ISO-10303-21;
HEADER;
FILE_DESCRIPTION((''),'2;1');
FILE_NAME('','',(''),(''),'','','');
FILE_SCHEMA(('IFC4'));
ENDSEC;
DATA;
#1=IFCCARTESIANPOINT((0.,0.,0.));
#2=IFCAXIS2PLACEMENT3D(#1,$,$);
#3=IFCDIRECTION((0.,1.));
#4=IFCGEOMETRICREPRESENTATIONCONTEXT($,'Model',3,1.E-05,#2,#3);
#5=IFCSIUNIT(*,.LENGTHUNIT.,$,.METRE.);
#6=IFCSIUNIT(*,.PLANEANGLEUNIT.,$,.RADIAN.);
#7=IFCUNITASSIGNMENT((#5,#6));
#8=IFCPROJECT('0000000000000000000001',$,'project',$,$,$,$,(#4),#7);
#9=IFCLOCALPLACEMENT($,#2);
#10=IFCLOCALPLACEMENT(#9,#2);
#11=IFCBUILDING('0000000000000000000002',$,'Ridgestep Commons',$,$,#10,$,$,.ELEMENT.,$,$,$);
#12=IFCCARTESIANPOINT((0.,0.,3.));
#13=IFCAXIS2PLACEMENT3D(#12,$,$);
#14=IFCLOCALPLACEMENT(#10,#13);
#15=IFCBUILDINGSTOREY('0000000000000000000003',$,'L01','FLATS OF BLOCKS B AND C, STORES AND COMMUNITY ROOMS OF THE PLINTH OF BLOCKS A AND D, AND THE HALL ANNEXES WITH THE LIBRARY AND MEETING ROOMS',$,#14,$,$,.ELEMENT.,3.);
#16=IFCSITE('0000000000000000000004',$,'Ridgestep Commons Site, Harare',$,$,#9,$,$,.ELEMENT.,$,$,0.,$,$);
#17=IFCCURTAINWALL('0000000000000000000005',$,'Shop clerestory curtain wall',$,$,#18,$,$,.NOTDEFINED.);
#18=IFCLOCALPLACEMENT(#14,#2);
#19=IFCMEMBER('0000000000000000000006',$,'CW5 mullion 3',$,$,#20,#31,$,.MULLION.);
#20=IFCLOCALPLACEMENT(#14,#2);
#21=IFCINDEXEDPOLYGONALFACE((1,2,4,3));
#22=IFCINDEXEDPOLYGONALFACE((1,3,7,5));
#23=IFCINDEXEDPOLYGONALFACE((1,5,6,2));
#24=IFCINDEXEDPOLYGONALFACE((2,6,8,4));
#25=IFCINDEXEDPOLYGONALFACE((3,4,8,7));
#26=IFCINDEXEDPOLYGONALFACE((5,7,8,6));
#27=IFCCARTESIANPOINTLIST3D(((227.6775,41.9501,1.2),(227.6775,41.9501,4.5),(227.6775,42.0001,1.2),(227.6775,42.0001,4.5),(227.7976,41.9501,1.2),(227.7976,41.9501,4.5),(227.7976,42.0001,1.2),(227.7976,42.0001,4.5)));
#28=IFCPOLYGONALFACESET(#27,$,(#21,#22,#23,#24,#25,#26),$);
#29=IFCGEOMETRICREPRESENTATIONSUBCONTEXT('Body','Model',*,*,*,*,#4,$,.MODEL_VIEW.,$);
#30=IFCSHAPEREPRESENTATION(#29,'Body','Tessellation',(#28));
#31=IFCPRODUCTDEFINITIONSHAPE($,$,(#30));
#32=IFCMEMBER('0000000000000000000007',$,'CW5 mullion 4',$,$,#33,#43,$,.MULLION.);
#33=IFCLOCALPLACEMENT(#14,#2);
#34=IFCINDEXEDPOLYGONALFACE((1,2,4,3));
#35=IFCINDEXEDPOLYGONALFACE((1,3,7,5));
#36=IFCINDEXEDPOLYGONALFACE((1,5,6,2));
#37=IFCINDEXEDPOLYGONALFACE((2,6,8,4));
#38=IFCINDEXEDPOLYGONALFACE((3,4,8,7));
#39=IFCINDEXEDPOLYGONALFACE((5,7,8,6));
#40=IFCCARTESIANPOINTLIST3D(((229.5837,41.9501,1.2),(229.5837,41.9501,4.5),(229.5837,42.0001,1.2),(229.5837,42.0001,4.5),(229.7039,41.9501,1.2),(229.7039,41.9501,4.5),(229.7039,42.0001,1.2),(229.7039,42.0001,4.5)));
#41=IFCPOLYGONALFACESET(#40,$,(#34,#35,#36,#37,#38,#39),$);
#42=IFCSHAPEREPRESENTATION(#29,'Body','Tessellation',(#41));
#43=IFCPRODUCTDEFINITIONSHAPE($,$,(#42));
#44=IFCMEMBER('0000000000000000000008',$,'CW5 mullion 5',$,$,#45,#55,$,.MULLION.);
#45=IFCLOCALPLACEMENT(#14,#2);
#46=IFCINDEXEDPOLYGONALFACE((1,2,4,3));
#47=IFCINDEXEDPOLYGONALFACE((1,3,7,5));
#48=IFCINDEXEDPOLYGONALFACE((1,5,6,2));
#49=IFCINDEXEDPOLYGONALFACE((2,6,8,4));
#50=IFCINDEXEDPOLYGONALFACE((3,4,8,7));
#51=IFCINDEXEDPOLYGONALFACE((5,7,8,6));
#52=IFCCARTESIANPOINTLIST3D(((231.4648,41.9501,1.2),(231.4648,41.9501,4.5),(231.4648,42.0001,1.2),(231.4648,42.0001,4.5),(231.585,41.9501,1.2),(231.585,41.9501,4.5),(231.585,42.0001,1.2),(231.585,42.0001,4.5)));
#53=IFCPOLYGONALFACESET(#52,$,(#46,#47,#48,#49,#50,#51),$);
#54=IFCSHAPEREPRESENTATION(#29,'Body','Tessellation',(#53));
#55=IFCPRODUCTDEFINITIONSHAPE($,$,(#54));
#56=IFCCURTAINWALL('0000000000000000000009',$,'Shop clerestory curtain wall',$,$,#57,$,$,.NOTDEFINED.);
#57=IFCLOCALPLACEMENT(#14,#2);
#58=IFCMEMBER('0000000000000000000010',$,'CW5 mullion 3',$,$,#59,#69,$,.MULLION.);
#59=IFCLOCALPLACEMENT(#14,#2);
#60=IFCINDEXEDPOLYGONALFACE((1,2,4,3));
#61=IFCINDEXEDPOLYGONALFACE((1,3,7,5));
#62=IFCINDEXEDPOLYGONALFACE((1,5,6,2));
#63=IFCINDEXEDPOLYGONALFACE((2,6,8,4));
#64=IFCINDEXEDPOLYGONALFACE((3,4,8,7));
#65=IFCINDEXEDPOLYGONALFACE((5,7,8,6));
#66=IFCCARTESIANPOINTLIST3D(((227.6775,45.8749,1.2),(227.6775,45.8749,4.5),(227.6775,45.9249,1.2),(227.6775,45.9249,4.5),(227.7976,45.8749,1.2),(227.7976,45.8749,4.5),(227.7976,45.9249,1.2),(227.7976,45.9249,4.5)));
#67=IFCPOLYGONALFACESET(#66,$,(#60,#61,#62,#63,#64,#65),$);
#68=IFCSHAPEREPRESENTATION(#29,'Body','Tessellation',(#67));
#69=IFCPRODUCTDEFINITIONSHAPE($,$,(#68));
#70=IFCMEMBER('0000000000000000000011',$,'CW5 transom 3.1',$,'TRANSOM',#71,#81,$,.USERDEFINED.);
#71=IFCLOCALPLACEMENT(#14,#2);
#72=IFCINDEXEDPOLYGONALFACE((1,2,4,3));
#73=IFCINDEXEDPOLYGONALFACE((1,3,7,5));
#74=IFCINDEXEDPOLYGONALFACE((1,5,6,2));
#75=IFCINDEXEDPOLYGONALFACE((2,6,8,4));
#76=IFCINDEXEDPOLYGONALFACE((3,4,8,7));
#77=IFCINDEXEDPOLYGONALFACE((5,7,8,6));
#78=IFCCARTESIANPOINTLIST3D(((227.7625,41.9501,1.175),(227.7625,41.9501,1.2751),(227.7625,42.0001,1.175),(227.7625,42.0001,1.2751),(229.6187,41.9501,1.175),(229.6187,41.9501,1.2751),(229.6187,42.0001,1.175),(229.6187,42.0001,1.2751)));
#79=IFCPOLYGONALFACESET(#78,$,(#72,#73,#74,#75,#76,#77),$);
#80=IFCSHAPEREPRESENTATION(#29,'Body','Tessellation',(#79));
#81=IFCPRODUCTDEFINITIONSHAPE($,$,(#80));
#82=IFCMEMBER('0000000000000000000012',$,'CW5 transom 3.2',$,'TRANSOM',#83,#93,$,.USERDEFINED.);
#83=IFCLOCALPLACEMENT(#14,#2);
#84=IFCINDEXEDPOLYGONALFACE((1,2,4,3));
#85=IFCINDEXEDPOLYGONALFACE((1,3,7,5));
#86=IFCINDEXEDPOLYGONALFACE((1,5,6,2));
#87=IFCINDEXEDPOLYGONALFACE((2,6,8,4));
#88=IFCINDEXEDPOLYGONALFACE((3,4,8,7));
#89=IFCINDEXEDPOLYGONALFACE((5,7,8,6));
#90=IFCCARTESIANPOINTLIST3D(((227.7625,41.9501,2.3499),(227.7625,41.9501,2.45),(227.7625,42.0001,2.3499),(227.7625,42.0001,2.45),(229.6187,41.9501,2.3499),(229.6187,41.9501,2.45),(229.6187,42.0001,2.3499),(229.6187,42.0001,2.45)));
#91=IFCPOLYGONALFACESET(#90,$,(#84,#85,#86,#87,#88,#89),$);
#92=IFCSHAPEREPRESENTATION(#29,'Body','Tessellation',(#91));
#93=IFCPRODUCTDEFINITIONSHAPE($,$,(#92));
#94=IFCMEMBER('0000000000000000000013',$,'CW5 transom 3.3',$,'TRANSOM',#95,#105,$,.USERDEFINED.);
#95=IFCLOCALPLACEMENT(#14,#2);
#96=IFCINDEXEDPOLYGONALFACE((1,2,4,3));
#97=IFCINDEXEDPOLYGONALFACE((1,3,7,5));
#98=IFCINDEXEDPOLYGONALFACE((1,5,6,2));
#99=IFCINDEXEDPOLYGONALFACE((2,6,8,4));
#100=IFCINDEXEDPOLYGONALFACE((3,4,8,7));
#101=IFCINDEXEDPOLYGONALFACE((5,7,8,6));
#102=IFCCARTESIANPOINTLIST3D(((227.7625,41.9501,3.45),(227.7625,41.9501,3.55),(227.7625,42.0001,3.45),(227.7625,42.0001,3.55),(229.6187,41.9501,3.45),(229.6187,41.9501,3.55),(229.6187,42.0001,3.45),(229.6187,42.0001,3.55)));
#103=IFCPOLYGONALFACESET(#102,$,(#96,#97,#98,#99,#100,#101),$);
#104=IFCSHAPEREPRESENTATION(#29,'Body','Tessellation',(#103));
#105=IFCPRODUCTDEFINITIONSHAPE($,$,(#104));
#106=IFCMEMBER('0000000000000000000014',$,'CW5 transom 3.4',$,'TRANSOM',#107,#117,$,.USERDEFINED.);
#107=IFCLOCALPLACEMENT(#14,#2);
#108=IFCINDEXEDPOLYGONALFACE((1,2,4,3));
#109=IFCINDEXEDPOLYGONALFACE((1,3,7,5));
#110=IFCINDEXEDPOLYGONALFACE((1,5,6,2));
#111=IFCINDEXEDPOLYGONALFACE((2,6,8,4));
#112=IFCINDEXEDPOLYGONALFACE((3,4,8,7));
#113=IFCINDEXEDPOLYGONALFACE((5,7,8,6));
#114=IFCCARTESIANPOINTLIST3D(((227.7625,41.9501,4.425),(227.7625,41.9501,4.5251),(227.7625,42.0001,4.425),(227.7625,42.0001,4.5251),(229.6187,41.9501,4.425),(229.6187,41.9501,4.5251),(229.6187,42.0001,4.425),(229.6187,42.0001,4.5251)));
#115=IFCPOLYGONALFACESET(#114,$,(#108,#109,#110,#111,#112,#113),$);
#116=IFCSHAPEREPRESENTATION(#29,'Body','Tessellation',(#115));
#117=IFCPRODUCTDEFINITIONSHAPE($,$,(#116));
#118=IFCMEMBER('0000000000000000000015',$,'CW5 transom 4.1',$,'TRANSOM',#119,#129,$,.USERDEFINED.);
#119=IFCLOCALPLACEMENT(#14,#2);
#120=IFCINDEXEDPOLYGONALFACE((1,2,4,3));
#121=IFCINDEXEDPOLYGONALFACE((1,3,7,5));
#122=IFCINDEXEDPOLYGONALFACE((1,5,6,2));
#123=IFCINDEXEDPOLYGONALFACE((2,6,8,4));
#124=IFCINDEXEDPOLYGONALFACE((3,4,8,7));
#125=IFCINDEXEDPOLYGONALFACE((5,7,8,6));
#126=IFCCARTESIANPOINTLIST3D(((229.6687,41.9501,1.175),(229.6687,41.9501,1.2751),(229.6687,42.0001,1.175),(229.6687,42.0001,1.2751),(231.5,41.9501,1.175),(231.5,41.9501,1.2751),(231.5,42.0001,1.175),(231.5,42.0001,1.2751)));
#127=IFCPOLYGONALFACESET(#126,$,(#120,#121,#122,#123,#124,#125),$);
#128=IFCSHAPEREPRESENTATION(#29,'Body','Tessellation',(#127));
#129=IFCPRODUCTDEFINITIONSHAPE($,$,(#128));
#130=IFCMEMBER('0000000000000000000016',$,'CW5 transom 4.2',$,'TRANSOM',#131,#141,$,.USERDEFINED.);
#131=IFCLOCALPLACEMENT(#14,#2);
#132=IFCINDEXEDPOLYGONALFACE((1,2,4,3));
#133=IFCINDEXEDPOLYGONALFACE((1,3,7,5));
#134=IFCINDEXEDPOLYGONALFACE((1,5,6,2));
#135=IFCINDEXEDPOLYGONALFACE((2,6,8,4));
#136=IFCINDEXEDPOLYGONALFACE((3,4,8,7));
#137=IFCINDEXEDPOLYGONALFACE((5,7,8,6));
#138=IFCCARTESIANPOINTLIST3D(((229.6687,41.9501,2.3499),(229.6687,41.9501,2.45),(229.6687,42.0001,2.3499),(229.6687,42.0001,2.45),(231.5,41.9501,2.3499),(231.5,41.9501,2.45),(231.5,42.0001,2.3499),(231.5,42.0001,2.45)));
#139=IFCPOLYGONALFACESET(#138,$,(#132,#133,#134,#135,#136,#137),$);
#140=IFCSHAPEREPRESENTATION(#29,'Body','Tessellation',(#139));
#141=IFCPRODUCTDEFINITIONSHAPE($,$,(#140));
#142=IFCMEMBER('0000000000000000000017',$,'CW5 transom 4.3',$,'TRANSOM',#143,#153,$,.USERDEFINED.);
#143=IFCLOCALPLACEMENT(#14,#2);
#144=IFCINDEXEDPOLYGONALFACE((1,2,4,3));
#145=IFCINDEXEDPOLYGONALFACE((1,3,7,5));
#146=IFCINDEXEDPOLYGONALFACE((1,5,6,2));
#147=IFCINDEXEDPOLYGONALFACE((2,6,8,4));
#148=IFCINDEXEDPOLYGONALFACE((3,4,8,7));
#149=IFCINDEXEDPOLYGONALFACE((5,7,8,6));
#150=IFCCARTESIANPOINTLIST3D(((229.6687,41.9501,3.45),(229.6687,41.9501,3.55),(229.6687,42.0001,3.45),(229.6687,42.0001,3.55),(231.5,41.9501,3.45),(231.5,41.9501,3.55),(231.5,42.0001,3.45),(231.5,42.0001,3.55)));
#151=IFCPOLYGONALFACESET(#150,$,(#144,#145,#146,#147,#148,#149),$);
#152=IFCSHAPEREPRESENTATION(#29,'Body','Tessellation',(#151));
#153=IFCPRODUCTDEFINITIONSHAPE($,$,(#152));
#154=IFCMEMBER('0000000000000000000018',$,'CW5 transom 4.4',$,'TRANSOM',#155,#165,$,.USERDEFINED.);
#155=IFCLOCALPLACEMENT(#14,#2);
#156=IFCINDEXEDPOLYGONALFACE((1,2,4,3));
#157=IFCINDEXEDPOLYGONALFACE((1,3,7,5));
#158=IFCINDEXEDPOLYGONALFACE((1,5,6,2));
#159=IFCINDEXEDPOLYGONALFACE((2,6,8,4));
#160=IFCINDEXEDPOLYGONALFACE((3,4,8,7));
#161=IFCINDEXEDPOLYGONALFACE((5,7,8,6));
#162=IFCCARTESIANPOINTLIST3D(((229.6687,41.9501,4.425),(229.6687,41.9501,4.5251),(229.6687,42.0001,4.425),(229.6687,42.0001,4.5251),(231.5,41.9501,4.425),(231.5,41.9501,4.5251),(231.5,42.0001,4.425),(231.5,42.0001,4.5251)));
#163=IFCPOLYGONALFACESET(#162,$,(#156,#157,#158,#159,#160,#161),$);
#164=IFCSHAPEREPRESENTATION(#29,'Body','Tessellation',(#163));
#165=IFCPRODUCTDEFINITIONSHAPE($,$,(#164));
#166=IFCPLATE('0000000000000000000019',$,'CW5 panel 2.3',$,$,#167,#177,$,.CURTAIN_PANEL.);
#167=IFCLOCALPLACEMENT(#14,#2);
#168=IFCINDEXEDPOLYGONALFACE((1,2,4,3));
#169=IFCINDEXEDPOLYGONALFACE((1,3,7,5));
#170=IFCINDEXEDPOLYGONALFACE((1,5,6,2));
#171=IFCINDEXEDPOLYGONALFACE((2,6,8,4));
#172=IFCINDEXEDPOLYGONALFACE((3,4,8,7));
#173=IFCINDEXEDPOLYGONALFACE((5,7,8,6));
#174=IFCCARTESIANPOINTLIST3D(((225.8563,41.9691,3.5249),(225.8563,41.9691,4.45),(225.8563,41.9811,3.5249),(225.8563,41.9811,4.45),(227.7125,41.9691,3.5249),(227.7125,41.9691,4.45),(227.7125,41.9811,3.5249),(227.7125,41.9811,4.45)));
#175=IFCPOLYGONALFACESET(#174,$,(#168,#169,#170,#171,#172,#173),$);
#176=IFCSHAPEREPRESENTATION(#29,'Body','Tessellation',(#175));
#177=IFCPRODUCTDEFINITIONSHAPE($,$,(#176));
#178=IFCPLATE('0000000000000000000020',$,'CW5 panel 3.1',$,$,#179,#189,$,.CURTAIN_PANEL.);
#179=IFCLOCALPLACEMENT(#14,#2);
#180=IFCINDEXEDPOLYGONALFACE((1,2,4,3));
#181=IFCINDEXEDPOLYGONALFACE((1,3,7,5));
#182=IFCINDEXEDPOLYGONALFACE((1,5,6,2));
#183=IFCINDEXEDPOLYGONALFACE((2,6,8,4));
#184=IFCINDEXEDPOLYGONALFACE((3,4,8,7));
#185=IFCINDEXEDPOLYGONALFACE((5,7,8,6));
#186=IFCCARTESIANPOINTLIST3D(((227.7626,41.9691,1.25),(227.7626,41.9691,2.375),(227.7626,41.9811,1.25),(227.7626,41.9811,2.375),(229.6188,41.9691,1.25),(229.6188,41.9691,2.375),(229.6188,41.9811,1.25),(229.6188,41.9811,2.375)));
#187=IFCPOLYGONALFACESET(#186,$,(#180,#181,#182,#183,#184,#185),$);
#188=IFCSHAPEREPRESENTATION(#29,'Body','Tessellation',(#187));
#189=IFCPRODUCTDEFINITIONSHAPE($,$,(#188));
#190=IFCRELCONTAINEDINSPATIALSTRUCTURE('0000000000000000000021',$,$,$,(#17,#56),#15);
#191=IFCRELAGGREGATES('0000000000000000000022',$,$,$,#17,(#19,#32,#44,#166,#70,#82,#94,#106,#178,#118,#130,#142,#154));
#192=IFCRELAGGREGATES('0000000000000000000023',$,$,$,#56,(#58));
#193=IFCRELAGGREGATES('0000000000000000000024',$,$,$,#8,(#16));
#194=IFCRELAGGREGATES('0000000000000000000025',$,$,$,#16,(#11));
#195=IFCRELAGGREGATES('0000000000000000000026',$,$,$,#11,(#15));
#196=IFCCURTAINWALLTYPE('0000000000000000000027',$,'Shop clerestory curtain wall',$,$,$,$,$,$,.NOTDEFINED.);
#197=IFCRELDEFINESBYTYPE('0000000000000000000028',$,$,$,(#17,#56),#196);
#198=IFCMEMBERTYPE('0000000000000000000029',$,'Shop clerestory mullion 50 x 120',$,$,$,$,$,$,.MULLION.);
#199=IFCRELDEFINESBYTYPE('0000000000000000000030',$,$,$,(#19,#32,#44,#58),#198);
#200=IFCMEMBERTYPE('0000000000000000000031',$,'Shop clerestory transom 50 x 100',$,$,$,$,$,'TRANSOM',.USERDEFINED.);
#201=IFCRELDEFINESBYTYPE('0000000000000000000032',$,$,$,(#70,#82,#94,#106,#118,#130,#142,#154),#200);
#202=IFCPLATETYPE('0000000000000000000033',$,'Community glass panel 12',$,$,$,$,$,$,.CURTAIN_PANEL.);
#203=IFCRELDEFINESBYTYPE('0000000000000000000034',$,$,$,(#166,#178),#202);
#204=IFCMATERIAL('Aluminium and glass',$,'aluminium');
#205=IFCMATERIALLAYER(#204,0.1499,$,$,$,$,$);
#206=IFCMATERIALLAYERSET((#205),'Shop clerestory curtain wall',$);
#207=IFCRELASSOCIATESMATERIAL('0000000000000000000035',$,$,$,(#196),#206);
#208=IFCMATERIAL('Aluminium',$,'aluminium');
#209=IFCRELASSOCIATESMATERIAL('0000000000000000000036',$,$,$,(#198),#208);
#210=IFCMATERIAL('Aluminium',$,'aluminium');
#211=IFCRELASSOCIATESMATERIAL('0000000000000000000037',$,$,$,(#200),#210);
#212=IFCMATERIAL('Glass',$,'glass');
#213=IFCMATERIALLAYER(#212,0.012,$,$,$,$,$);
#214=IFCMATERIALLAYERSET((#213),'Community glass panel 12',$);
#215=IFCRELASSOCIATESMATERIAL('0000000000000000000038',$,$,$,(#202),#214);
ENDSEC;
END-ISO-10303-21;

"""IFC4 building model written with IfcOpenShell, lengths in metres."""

from ifc_helpers import new_model, si_unit, direction, frame, origin, origin_2d, place, context, subcontext, project, spatial, rectangle, extrude, material, layer, layer_set, material_profile, profile_set, type_object, element, aggregate, save


model = new_model("IFC4")

# Units and contexts
model_context = context("Model", 3, precision=1e-05, world=origin(), true_north=direction((0.0, 1.0)))
body_context = subcontext(model_context, "Body", "Model", "MODEL_VIEW")
ifc_project = project(units=[si_unit("LENGTHUNIT", "METRE"), si_unit("PLANEANGLEUNIT", "RADIAN")], contexts=[model_context])

# Site, building, storey
site_placement = place(None, origin())
site = spatial("IfcSite", under=ifc_project, at=site_placement, Name="Ridgestep Commons Site, Harare", CompositionType="ELEMENT", RefElevation=0.0)
building_placement = place(site_placement, origin())
building = spatial("IfcBuilding", under=site, at=building_placement, Name="Ridgestep Commons", CompositionType="ELEMENT")
storey_placement = place(building_placement, frame((0.0, 0.0, 3.0)))
storey = spatial("IfcBuildingStorey", under=building, at=storey_placement, Name="L01", Description="FLATS OF BLOCKS B AND C, STORES AND COMMUNITY ROOMS OF THE PLINTH OF BLOCKS A AND D, AND THE HALL ANNEXES WITH THE LIBRARY AND MEETING ROOMS", CompositionType="ELEMENT", Elevation=3.0)

# Curtain wall, members
ifc_material_1 = material(Name="Aluminium and glass", Category="aluminium")
ifc_layer_1 = layer(ifc_material_1, 0.1499)
ifc_layer_set_1 = layer_set([ifc_layer_1], Name="Shop clerestory curtain wall")
curtain_wall_type = type_object("IfcCurtainWallType", Name="Shop clerestory curtain wall", PredefinedType="NOTDEFINED", material=ifc_layer_set_1)
curtain_wall_1_placement = place(storey_placement, origin())
curtain_wall_1 = element("IfcCurtainWall", 1, at=curtain_wall_1_placement, inside=storey, type_object=curtain_wall_type, Name="Shop clerestory curtain wall", PredefinedType="NOTDEFINED")
ifc_material_2 = material(Name="Aluminium", Category="aluminium")
ifc_material_profile_1 = material_profile(ifc_material_2, rectangle(XDim=0.05, YDim=0.1201, at=origin_2d()), Name="Shop clerestory mullion 50 x 120")
ifc_profile_set_1 = profile_set([ifc_material_profile_1], Name="Aluminium")
member_type_1 = type_object("IfcMemberType", Name="Shop clerestory mullion 50 x 120", PredefinedType="MULLION", material=ifc_profile_set_1)
member_1_placement = place(storey_placement, frame((227.7375, 41.9751, 1.2), z_axis=(0.0, 0.0, 1.0), x_axis=(0.0, 1.0, 0.0)))
member_1 = element("IfcMember", 2, at=member_1_placement, type_object=member_type_1, Name="CW5 mullion 3", PredefinedType="MULLION", context=body_context, shape_type="SweptSolid", body=[
    extrude(rectangle(XDim=0.05, YDim=0.1201, at=origin_2d()), origin(), (0.0, 0.0, 1.0), 3.3),
])
member_2_placement = place(storey_placement, frame((229.6438, 41.9751, 1.2), z_axis=(0.0, 0.0, 1.0), x_axis=(0.0, 1.0, 0.0)))
member_2 = element("IfcMember", 3, at=member_2_placement, type_object=member_type_1, Name="CW5 mullion 4", PredefinedType="MULLION", context=body_context, shape_type="SweptSolid", body=[
    extrude(rectangle(XDim=0.05, YDim=0.1201, at=origin_2d()), origin(), (0.0, 0.0, 1.0), 3.3),
])
member_3_placement = place(storey_placement, frame((231.5249, 41.9751, 1.2), z_axis=(0.0, 0.0, 1.0), x_axis=(0.0, 1.0, 0.0)))
member_3 = element("IfcMember", 4, at=member_3_placement, type_object=member_type_1, Name="CW5 mullion 5", PredefinedType="MULLION", context=body_context, shape_type="SweptSolid", body=[
    extrude(rectangle(XDim=0.05, YDim=0.1201, at=origin_2d()), origin(), (0.0, 0.0, 1.0), 3.3),
])

# Curtain wall, member
curtain_wall_2_placement = place(storey_placement, origin())
curtain_wall_2 = element("IfcCurtainWall", 5, at=curtain_wall_2_placement, inside=storey, type_object=curtain_wall_type, Name="Shop clerestory curtain wall", PredefinedType="NOTDEFINED")
member_4_placement = place(storey_placement, frame((227.7375, 45.8999, 1.2), z_axis=(0.0, 0.0, 1.0), x_axis=(0.0, 1.0, 0.0)))
member_4 = element("IfcMember", 6, at=member_4_placement, type_object=member_type_1, Name="CW5 mullion 3", PredefinedType="MULLION", context=body_context, shape_type="SweptSolid", body=[
    extrude(rectangle(XDim=0.05, YDim=0.1201, at=origin_2d()), origin(), (0.0, 0.0, 1.0), 3.3),
])

# Members
ifc_material_3 = material(Name="Aluminium", Category="aluminium")
ifc_material_profile_2 = material_profile(ifc_material_3, rectangle(XDim=0.05, YDim=0.1001, at=origin_2d()), Name="Shop clerestory transom 50 x 100")
ifc_profile_set_2 = profile_set([ifc_material_profile_2], Name="Aluminium")
member_type_2 = type_object("IfcMemberType", Name="Shop clerestory transom 50 x 100", ElementType="TRANSOM", PredefinedType="USERDEFINED", material=ifc_profile_set_2)
member_5_placement = place(storey_placement, frame((227.7625, 41.9751, 1.2251), z_axis=(1.0, 0.0, 0.0), x_axis=(0.0, 1.0, 0.0)))
member_5 = element("IfcMember", 7, at=member_5_placement, type_object=member_type_2, Name="CW5 transom 3.1", ObjectType="TRANSOM", PredefinedType="USERDEFINED", context=body_context, shape_type="SweptSolid", body=[
    extrude(rectangle(XDim=0.05, YDim=0.1001, at=origin_2d()), origin(), (0.0, 0.0, 1.0), 1.8562),
])
member_6_placement = place(storey_placement, frame((227.7625, 41.9751, 2.3999), z_axis=(1.0, 0.0, 0.0), x_axis=(0.0, 1.0, 0.0)))
member_6 = element("IfcMember", 8, at=member_6_placement, type_object=member_type_2, Name="CW5 transom 3.2", ObjectType="TRANSOM", PredefinedType="USERDEFINED", context=body_context, shape_type="SweptSolid", body=[
    extrude(rectangle(XDim=0.05, YDim=0.1001, at=origin_2d()), origin(), (0.0, 0.0, 1.0), 1.8562),
])
member_7_placement = place(storey_placement, frame((227.7625, 41.9751, 3.5), z_axis=(1.0, 0.0, 0.0), x_axis=(0.0, 1.0, 0.0)))
member_7 = element("IfcMember", 9, at=member_7_placement, type_object=member_type_2, Name="CW5 transom 3.3", ObjectType="TRANSOM", PredefinedType="USERDEFINED", context=body_context, shape_type="SweptSolid", body=[
    extrude(rectangle(XDim=0.05, YDim=0.1001, at=origin_2d()), origin(), (0.0, 0.0, 1.0), 1.8562),
])
member_8_placement = place(storey_placement, frame((227.7625, 41.9751, 4.4751), z_axis=(1.0, 0.0, 0.0), x_axis=(0.0, 1.0, 0.0)))
member_8 = element("IfcMember", 10, at=member_8_placement, type_object=member_type_2, Name="CW5 transom 3.4", ObjectType="TRANSOM", PredefinedType="USERDEFINED", context=body_context, shape_type="SweptSolid", body=[
    extrude(rectangle(XDim=0.05, YDim=0.1001, at=origin_2d()), origin(), (0.0, 0.0, 1.0), 1.8562),
])
member_9_placement = place(storey_placement, frame((229.6687, 41.9751, 1.2251), z_axis=(1.0, 0.0, 0.0), x_axis=(0.0, 1.0, 0.0)))
member_9 = element("IfcMember", 11, at=member_9_placement, type_object=member_type_2, Name="CW5 transom 4.1", ObjectType="TRANSOM", PredefinedType="USERDEFINED", context=body_context, shape_type="SweptSolid", body=[
    extrude(rectangle(XDim=0.05, YDim=0.1001, at=origin_2d()), origin(), (0.0, 0.0, 1.0), 1.8313),
])
member_10_placement = place(storey_placement, frame((229.6687, 41.9751, 2.3999), z_axis=(1.0, 0.0, 0.0), x_axis=(0.0, 1.0, 0.0)))
member_10 = element("IfcMember", 12, at=member_10_placement, type_object=member_type_2, Name="CW5 transom 4.2", ObjectType="TRANSOM", PredefinedType="USERDEFINED", context=body_context, shape_type="SweptSolid", body=[
    extrude(rectangle(XDim=0.05, YDim=0.1001, at=origin_2d()), origin(), (0.0, 0.0, 1.0), 1.8313),
])
member_11_placement = place(storey_placement, frame((229.6687, 41.9751, 3.5), z_axis=(1.0, 0.0, 0.0), x_axis=(0.0, 1.0, 0.0)))
member_11 = element("IfcMember", 13, at=member_11_placement, type_object=member_type_2, Name="CW5 transom 4.3", ObjectType="TRANSOM", PredefinedType="USERDEFINED", context=body_context, shape_type="SweptSolid", body=[
    extrude(rectangle(XDim=0.05, YDim=0.1001, at=origin_2d()), origin(), (0.0, 0.0, 1.0), 1.8313),
])
member_12_placement = place(storey_placement, frame((229.6687, 41.9751, 4.4751), z_axis=(1.0, 0.0, 0.0), x_axis=(0.0, 1.0, 0.0)))
member_12 = element("IfcMember", 14, at=member_12_placement, type_object=member_type_2, Name="CW5 transom 4.4", ObjectType="TRANSOM", PredefinedType="USERDEFINED", context=body_context, shape_type="SweptSolid", body=[
    extrude(rectangle(XDim=0.05, YDim=0.1001, at=origin_2d()), origin(), (0.0, 0.0, 1.0), 1.8313),
])

# Plates
ifc_material_4 = material(Name="Glass", Category="glass")
ifc_layer_2 = layer(ifc_material_4, 0.012)
ifc_layer_set_2 = layer_set([ifc_layer_2], Name="Community glass panel 12")
plate_type = type_object("IfcPlateType", Name="Community glass panel 12", PredefinedType="CURTAIN_PANEL", material=ifc_layer_set_2)
plate_1_placement = place(storey_placement, frame((226.7844, 41.9751, 3.5249), z_axis=(0.0, 0.0, 1.0), x_axis=(1.0, 0.0, 0.0)))
plate_1 = element("IfcPlate", 15, at=plate_1_placement, type_object=plate_type, Name="CW5 panel 2.3", PredefinedType="CURTAIN_PANEL", context=body_context, shape_type="SweptSolid", body=[
    extrude(rectangle(XDim=1.8562, YDim=0.012, at=origin_2d()), origin(), (0.0, 0.0, 1.0), 0.925),
])
plate_2_placement = place(storey_placement, frame((228.6907, 41.9751, 1.25), z_axis=(0.0, 0.0, 1.0), x_axis=(1.0, 0.0, 0.0)))
plate_2 = element("IfcPlate", 16, at=plate_2_placement, type_object=plate_type, Name="CW5 panel 3.1", PredefinedType="CURTAIN_PANEL", context=body_context, shape_type="SweptSolid", body=[
    extrude(rectangle(XDim=1.8562, YDim=0.012, at=origin_2d()), origin(), (0.0, 0.0, 1.0), 1.125),
])
aggregate(curtain_wall_1, [member_1, member_2, member_3, plate_1, member_5, member_6, member_7, member_8, plate_2, member_9, member_10, member_11, member_12])
aggregate(curtain_wall_2, [member_4])

save(model, "model.ifc")
